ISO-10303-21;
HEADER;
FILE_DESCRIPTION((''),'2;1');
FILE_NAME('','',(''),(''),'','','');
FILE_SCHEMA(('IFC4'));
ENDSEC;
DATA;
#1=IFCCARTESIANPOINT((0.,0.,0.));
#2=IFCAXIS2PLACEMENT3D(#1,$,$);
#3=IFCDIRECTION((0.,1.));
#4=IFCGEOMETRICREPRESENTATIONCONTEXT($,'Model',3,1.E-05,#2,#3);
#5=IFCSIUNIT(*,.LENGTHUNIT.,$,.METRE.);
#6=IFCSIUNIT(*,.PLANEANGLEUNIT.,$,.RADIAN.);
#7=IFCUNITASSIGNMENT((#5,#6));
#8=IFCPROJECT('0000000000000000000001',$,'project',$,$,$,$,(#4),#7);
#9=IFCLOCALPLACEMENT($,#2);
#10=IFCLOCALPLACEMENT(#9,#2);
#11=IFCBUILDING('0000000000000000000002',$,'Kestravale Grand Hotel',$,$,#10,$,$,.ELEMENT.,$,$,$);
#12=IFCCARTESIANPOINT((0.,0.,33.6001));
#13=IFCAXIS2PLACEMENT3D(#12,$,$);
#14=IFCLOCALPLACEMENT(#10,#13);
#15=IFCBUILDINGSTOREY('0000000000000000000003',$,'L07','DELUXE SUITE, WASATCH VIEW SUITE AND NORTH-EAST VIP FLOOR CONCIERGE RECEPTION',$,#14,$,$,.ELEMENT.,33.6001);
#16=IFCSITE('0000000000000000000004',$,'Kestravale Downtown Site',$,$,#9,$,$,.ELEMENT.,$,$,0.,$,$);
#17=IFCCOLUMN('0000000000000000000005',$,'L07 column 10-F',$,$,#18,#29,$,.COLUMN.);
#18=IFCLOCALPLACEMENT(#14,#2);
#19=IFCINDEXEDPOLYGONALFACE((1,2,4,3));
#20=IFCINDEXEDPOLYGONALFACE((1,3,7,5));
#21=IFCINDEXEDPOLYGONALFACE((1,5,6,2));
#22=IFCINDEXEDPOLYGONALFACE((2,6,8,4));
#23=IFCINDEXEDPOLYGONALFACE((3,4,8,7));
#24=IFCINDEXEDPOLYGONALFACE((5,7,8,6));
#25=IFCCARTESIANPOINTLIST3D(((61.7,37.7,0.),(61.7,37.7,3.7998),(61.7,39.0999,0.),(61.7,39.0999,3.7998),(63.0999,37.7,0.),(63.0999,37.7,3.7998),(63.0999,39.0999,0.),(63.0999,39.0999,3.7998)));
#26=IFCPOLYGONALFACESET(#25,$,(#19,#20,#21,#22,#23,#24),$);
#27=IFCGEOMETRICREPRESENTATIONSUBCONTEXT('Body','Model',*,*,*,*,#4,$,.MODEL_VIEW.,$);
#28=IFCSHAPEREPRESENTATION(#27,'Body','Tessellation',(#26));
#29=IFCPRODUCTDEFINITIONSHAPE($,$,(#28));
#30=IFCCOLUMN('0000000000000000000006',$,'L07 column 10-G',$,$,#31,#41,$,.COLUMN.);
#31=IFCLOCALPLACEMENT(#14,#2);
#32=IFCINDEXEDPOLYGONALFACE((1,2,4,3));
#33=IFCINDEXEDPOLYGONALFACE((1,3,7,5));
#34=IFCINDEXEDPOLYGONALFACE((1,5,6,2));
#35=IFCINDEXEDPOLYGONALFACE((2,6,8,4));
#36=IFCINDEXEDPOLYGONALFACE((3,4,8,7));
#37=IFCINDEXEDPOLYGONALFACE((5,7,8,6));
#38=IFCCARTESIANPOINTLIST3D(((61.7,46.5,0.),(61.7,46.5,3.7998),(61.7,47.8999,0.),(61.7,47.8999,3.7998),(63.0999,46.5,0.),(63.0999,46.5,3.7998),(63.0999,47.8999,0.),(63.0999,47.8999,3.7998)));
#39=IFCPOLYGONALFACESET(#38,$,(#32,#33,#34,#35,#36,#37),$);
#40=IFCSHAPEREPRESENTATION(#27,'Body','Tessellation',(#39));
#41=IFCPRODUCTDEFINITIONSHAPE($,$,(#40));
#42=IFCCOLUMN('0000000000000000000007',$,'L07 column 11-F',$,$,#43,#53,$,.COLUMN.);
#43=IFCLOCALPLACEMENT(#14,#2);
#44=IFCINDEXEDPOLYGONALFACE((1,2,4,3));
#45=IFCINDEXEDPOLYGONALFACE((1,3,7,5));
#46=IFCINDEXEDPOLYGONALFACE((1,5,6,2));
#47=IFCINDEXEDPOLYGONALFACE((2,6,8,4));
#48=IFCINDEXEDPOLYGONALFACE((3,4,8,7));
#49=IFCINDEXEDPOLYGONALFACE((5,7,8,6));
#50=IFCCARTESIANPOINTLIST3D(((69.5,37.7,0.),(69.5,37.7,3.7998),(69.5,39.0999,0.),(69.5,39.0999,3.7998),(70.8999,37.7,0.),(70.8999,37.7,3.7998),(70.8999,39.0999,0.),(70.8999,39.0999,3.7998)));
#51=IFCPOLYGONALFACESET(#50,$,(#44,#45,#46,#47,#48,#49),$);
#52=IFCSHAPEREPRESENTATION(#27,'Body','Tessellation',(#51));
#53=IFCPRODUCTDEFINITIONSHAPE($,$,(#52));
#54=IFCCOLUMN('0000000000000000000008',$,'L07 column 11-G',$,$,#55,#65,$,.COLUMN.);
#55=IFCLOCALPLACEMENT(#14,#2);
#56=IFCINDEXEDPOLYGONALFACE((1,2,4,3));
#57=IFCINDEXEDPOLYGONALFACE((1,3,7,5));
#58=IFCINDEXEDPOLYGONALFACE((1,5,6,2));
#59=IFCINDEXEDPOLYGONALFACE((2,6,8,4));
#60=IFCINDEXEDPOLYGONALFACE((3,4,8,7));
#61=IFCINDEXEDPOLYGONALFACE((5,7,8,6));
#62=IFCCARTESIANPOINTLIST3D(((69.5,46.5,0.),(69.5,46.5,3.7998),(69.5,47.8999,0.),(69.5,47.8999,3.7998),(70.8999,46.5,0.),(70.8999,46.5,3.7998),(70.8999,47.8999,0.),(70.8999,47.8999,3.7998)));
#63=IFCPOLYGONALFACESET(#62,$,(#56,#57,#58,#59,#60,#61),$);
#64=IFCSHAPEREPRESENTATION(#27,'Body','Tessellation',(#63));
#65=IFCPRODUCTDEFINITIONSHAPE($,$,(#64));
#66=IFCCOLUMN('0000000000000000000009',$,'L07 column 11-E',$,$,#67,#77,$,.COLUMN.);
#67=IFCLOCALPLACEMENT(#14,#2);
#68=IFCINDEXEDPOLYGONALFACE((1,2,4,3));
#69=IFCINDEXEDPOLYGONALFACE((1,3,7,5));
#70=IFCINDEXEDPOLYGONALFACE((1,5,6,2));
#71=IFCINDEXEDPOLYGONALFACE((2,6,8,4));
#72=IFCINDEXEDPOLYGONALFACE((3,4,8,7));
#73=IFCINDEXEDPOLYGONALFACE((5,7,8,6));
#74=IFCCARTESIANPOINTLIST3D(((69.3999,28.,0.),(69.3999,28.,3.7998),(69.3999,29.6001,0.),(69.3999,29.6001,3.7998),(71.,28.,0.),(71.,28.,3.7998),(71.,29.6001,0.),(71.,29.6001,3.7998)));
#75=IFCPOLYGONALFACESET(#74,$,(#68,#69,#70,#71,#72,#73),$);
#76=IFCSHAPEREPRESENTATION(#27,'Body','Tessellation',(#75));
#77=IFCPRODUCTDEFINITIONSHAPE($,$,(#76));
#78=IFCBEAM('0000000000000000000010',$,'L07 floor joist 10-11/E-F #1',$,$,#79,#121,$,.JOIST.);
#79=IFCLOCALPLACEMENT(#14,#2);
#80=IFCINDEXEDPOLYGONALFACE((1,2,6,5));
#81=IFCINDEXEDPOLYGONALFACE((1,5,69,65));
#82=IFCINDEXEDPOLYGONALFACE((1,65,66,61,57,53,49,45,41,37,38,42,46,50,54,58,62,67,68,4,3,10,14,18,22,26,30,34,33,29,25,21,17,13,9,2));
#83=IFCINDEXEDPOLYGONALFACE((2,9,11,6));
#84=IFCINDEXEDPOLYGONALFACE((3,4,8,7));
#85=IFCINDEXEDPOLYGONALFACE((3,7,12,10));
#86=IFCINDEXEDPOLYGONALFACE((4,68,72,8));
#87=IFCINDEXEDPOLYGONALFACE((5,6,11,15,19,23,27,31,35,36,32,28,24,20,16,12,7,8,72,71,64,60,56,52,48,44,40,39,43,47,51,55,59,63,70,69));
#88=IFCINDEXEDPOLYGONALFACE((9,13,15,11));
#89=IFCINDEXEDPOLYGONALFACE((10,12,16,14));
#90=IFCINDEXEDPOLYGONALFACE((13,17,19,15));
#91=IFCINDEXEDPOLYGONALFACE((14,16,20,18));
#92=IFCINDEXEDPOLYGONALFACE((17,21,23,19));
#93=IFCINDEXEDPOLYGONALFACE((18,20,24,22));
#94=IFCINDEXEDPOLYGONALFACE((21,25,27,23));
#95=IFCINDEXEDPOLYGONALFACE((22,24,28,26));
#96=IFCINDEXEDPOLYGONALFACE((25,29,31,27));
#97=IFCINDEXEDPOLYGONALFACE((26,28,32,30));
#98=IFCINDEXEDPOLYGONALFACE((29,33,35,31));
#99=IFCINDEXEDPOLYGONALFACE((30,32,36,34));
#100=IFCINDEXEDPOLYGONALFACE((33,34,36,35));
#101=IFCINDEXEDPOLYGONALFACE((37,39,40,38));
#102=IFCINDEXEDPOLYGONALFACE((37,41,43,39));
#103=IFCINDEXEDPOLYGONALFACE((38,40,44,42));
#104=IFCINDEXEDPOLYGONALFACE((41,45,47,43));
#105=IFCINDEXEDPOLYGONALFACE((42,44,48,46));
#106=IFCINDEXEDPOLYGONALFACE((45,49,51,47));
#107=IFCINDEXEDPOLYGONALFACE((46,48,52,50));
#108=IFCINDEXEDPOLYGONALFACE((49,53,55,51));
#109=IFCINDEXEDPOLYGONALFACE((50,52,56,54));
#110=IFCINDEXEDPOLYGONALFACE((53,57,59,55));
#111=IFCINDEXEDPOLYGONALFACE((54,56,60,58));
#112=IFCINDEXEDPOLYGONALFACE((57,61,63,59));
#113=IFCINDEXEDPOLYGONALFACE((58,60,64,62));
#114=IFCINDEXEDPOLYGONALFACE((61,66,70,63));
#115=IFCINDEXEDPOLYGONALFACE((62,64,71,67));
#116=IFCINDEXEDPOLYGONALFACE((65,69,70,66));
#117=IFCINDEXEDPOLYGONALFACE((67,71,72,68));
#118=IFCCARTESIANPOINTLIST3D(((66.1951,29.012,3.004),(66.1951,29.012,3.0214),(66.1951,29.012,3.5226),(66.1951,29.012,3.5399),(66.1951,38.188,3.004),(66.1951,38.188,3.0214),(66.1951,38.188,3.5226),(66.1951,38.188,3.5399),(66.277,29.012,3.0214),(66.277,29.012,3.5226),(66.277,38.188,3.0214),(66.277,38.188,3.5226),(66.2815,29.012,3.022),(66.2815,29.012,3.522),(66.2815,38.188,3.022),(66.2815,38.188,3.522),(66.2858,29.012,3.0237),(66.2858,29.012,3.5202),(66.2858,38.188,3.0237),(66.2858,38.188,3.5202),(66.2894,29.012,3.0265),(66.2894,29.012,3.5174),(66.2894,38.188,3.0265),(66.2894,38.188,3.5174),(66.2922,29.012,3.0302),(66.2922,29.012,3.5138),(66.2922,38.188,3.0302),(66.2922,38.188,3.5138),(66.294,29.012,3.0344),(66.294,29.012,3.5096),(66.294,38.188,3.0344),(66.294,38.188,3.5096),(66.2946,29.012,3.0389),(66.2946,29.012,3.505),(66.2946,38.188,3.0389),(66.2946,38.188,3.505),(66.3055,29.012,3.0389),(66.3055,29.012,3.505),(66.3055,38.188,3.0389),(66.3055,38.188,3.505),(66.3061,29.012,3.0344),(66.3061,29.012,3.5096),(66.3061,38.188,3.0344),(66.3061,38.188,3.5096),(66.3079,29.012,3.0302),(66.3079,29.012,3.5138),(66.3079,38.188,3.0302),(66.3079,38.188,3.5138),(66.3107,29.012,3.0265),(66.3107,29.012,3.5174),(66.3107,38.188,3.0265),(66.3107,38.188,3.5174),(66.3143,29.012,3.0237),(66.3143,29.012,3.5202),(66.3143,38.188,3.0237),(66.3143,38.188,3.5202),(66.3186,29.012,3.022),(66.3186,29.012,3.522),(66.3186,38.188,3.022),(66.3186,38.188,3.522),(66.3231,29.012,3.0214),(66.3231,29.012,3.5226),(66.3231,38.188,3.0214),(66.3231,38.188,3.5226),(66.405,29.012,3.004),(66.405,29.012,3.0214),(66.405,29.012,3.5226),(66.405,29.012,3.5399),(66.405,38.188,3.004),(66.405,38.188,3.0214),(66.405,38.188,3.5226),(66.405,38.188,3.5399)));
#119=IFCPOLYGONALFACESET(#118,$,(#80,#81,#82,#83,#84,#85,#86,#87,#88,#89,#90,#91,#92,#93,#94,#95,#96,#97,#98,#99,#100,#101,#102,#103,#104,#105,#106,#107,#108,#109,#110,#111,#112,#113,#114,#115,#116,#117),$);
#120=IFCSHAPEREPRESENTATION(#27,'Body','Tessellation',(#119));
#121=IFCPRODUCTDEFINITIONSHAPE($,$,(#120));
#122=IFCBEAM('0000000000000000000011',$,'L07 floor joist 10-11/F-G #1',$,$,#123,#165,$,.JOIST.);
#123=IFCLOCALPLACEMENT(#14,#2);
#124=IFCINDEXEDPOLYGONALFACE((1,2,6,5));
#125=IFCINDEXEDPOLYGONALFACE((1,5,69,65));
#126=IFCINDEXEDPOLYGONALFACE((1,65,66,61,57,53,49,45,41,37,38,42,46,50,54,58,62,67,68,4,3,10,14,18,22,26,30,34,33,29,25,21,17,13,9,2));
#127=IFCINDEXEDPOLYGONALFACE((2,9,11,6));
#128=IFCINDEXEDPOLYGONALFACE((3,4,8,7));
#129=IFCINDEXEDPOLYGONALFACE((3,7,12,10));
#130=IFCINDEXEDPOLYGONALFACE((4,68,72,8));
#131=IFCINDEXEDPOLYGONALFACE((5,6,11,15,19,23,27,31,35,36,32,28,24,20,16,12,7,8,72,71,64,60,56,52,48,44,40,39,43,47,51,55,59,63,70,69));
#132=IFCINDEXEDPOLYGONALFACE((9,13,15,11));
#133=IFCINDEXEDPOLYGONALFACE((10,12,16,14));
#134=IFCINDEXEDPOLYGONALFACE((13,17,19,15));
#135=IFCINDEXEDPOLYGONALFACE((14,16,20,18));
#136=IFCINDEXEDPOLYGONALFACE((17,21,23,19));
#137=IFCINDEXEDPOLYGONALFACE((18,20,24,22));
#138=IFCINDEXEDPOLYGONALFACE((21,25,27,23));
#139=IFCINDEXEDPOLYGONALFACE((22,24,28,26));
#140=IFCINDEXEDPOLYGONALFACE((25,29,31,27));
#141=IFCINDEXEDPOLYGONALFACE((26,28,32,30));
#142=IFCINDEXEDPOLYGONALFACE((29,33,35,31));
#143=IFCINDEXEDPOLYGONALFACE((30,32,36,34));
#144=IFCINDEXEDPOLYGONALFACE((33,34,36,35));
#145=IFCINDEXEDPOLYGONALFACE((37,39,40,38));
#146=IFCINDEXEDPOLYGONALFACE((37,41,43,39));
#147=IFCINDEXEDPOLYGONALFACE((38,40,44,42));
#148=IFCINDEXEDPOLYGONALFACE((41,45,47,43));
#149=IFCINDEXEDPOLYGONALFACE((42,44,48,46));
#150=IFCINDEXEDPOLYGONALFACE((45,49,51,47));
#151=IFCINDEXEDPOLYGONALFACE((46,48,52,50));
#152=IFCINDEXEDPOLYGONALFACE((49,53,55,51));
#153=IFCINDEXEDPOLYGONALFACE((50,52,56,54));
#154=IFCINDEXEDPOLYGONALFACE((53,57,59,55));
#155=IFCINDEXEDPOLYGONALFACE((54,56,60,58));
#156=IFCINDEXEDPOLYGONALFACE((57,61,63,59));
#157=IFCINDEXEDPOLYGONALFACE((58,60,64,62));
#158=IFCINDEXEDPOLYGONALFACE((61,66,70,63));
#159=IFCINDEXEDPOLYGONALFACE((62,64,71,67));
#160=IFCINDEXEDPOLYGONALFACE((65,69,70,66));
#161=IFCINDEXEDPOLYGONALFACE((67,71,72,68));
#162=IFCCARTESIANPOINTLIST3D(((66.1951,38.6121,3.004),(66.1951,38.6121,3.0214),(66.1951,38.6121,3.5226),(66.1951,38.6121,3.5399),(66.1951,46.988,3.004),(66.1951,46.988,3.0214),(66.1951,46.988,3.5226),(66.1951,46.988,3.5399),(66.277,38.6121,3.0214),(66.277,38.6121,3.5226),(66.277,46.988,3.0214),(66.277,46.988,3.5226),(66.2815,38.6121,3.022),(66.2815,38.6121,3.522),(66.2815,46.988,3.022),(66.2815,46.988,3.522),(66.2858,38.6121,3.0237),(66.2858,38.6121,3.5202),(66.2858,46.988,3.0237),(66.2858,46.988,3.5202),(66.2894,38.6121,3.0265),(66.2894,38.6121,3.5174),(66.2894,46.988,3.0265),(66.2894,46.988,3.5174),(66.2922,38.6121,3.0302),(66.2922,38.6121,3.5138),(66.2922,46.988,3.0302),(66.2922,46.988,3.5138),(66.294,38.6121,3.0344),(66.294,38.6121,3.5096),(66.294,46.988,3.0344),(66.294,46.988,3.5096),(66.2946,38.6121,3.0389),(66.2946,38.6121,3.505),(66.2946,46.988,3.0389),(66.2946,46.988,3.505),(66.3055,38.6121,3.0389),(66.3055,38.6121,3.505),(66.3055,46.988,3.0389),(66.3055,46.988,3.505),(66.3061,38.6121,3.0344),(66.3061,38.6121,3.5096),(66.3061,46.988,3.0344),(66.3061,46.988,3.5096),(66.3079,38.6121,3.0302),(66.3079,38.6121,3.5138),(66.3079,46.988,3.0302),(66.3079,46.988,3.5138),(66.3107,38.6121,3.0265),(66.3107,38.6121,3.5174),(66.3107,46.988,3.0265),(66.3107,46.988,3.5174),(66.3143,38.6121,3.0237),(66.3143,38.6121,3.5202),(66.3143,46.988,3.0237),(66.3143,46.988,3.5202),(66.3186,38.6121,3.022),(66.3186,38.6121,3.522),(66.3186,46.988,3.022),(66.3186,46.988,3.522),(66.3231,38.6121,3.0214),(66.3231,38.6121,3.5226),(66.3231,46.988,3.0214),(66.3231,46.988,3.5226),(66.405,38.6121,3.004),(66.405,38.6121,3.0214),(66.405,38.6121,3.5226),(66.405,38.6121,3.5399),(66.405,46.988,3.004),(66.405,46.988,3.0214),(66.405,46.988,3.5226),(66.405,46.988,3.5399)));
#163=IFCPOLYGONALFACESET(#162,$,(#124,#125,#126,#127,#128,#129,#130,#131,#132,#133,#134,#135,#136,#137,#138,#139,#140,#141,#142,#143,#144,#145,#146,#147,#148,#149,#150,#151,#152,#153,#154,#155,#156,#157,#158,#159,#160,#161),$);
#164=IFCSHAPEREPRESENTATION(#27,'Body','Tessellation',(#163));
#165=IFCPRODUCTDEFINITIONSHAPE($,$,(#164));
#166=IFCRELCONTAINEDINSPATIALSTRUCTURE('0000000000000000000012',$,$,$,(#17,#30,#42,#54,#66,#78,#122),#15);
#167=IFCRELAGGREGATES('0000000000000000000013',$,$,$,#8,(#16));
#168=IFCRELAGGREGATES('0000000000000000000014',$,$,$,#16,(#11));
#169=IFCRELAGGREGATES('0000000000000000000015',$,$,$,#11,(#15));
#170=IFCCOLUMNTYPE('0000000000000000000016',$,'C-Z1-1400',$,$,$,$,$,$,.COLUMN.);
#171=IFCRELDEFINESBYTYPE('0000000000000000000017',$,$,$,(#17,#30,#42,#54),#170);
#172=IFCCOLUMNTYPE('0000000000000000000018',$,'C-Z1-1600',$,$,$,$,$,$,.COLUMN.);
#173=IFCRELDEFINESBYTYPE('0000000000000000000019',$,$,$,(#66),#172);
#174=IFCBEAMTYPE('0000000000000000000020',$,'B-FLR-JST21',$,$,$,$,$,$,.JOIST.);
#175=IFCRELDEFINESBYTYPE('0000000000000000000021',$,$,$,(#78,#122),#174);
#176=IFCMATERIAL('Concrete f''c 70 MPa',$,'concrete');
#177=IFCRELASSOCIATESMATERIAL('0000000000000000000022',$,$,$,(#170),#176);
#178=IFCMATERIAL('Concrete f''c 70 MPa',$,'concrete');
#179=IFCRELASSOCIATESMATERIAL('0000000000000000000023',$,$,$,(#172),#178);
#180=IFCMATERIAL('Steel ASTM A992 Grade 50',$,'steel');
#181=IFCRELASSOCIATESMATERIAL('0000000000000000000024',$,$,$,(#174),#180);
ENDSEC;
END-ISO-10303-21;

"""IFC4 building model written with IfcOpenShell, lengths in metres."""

from ifc_helpers import new_model, si_unit, direction, frame, origin, origin_2d, place, context, subcontext, project, spatial, rectangle, i_section, extrude, material, material_profile, profile_set, type_object, element, save


model = new_model("IFC4")

# Units and contexts
model_context = context("Model", 3, precision=1e-05, world=origin(), true_north=direction((0.0, 1.0)))
body_context = subcontext(model_context, "Body", "Model", "MODEL_VIEW")
ifc_project = project(units=[si_unit("LENGTHUNIT", "METRE"), si_unit("PLANEANGLEUNIT", "RADIAN")], contexts=[model_context])

# Site, building, storey
site_placement = place(None, origin())
site = spatial("IfcSite", under=ifc_project, at=site_placement, Name="Kestravale Downtown Site", CompositionType="ELEMENT", RefElevation=0.0)
building_placement = place(site_placement, origin())
building = spatial("IfcBuilding", under=site, at=building_placement, Name="Kestravale Grand Hotel", CompositionType="ELEMENT")
storey_placement = place(building_placement, frame((0.0, 0.0, 33.6001)))
storey = spatial("IfcBuildingStorey", under=building, at=storey_placement, Name="L07", Description="DELUXE SUITE, WASATCH VIEW SUITE AND NORTH-EAST VIP FLOOR CONCIERGE RECEPTION", CompositionType="ELEMENT", Elevation=33.6001)

# Columns
ifc_material_1 = material(Name="Concrete f'c 70 MPa", Category="concrete")
ifc_material_profile_1 = material_profile(ifc_material_1, rectangle(XDim=1.3999, YDim=1.3999, at=origin_2d()))
ifc_profile_set_1 = profile_set([ifc_material_profile_1], Name="Concrete f'c 70 MPa")
column_type_1 = type_object("IfcColumnType", Name="C-Z1-1400", PredefinedType="COLUMN", material=ifc_profile_set_1)
for number, where, z_axis, x_axis, name in (
    (1, (62.3999, 38.3999, 0.0), (0.0, 0.0, 1.0), (1.0, 0.0, 0.0), "L07 column 10-F"),
    (2, (62.3999, 47.2, 0.0), (0.0, 0.0, 1.0), (1.0, 0.0, 0.0), "L07 column 10-G"),
    (3, (70.2, 38.3999, 0.0), (0.0, 0.0, 1.0), (1.0, 0.0, 0.0), "L07 column 11-F"),
    (4, (70.2, 47.2, 0.0), (0.0, 0.0, 1.0), (1.0, 0.0, 0.0), "L07 column 11-G"),
):
    element("IfcColumn", number, at=place(storey_placement, frame(where, z_axis=z_axis, x_axis=x_axis)), inside=storey, type_object=column_type_1, Name=name, PredefinedType="COLUMN", context=body_context, shape_type="SweptSolid", body=[
        extrude(rectangle(XDim=1.3999, YDim=1.3999, at=origin_2d()), origin(), (0.0, 0.0, 1.0), 3.7998),
    ])
ifc_material_2 = material(Name="Concrete f'c 70 MPa", Category="concrete")
ifc_material_profile_2 = material_profile(ifc_material_2, rectangle(XDim=1.6001, YDim=1.6001, at=origin_2d()))
ifc_profile_set_2 = profile_set([ifc_material_profile_2], Name="Concrete f'c 70 MPa")
column_type_2 = type_object("IfcColumnType", Name="C-Z1-1600", PredefinedType="COLUMN", material=ifc_profile_set_2)
column_placement = place(storey_placement, frame((70.2, 28.8, 0.0), z_axis=(0.0, 0.0, 1.0), x_axis=(1.0, 0.0, 0.0)))
element("IfcColumn", 5, at=column_placement, inside=storey, type_object=column_type_2, Name="L07 column 11-E", PredefinedType="COLUMN", context=body_context, shape_type="SweptSolid", body=[
    extrude(rectangle(XDim=1.6001, YDim=1.6001, at=origin_2d()), origin(), (0.0, 0.0, 1.0), 3.7998),
])

# Beams
ifc_material_3 = material(Name="Steel ASTM A992 Grade 50", Category="steel")
ifc_material_profile_3 = material_profile(ifc_material_3, i_section(OverallWidth=0.21, OverallDepth=0.5359, WebThickness=0.011, FlangeThickness=0.0173, FilletRadius=0.0176, at=origin_2d()))
ifc_profile_set_3 = profile_set([ifc_material_profile_3], Name="Steel ASTM A992 Grade 50")
beam_type_1 = type_object("IfcBeamType", Name="B-FLR-JST21", PredefinedType="JOIST", material=ifc_profile_set_3)
beam_1_placement = place(storey_placement, frame((66.3, 29.012, 3.272), z_axis=(0.0, 1.0, 0.0), x_axis=(-1.0, 0.0, 0.0)))
element("IfcBeam", 6, at=beam_1_placement, inside=storey, type_object=beam_type_1, Name="L07 floor joist 10-11/E-F #1", PredefinedType="JOIST", context=body_context, shape_type="SweptSolid", body=[
    extrude(i_section(OverallWidth=0.21, OverallDepth=0.5359, WebThickness=0.011, FlangeThickness=0.0173, FilletRadius=0.0176, at=origin_2d()), origin(), (0.0, 0.0, 1.0), 9.176),
])
beam_2_placement = place(storey_placement, frame((66.3, 38.6121, 3.272), z_axis=(0.0, 1.0, 0.0), x_axis=(-1.0, 0.0, 0.0)))
element("IfcBeam", 7, at=beam_2_placement, inside=storey, type_object=beam_type_1, Name="L07 floor joist 10-11/F-G #1", PredefinedType="JOIST", context=body_context, shape_type="SweptSolid", body=[
    extrude(i_section(OverallWidth=0.21, OverallDepth=0.5359, WebThickness=0.011, FlangeThickness=0.0173, FilletRadius=0.0176, at=origin_2d()), origin(), (0.0, 0.0, 1.0), 8.376),
])

save(model, "model.ifc")
